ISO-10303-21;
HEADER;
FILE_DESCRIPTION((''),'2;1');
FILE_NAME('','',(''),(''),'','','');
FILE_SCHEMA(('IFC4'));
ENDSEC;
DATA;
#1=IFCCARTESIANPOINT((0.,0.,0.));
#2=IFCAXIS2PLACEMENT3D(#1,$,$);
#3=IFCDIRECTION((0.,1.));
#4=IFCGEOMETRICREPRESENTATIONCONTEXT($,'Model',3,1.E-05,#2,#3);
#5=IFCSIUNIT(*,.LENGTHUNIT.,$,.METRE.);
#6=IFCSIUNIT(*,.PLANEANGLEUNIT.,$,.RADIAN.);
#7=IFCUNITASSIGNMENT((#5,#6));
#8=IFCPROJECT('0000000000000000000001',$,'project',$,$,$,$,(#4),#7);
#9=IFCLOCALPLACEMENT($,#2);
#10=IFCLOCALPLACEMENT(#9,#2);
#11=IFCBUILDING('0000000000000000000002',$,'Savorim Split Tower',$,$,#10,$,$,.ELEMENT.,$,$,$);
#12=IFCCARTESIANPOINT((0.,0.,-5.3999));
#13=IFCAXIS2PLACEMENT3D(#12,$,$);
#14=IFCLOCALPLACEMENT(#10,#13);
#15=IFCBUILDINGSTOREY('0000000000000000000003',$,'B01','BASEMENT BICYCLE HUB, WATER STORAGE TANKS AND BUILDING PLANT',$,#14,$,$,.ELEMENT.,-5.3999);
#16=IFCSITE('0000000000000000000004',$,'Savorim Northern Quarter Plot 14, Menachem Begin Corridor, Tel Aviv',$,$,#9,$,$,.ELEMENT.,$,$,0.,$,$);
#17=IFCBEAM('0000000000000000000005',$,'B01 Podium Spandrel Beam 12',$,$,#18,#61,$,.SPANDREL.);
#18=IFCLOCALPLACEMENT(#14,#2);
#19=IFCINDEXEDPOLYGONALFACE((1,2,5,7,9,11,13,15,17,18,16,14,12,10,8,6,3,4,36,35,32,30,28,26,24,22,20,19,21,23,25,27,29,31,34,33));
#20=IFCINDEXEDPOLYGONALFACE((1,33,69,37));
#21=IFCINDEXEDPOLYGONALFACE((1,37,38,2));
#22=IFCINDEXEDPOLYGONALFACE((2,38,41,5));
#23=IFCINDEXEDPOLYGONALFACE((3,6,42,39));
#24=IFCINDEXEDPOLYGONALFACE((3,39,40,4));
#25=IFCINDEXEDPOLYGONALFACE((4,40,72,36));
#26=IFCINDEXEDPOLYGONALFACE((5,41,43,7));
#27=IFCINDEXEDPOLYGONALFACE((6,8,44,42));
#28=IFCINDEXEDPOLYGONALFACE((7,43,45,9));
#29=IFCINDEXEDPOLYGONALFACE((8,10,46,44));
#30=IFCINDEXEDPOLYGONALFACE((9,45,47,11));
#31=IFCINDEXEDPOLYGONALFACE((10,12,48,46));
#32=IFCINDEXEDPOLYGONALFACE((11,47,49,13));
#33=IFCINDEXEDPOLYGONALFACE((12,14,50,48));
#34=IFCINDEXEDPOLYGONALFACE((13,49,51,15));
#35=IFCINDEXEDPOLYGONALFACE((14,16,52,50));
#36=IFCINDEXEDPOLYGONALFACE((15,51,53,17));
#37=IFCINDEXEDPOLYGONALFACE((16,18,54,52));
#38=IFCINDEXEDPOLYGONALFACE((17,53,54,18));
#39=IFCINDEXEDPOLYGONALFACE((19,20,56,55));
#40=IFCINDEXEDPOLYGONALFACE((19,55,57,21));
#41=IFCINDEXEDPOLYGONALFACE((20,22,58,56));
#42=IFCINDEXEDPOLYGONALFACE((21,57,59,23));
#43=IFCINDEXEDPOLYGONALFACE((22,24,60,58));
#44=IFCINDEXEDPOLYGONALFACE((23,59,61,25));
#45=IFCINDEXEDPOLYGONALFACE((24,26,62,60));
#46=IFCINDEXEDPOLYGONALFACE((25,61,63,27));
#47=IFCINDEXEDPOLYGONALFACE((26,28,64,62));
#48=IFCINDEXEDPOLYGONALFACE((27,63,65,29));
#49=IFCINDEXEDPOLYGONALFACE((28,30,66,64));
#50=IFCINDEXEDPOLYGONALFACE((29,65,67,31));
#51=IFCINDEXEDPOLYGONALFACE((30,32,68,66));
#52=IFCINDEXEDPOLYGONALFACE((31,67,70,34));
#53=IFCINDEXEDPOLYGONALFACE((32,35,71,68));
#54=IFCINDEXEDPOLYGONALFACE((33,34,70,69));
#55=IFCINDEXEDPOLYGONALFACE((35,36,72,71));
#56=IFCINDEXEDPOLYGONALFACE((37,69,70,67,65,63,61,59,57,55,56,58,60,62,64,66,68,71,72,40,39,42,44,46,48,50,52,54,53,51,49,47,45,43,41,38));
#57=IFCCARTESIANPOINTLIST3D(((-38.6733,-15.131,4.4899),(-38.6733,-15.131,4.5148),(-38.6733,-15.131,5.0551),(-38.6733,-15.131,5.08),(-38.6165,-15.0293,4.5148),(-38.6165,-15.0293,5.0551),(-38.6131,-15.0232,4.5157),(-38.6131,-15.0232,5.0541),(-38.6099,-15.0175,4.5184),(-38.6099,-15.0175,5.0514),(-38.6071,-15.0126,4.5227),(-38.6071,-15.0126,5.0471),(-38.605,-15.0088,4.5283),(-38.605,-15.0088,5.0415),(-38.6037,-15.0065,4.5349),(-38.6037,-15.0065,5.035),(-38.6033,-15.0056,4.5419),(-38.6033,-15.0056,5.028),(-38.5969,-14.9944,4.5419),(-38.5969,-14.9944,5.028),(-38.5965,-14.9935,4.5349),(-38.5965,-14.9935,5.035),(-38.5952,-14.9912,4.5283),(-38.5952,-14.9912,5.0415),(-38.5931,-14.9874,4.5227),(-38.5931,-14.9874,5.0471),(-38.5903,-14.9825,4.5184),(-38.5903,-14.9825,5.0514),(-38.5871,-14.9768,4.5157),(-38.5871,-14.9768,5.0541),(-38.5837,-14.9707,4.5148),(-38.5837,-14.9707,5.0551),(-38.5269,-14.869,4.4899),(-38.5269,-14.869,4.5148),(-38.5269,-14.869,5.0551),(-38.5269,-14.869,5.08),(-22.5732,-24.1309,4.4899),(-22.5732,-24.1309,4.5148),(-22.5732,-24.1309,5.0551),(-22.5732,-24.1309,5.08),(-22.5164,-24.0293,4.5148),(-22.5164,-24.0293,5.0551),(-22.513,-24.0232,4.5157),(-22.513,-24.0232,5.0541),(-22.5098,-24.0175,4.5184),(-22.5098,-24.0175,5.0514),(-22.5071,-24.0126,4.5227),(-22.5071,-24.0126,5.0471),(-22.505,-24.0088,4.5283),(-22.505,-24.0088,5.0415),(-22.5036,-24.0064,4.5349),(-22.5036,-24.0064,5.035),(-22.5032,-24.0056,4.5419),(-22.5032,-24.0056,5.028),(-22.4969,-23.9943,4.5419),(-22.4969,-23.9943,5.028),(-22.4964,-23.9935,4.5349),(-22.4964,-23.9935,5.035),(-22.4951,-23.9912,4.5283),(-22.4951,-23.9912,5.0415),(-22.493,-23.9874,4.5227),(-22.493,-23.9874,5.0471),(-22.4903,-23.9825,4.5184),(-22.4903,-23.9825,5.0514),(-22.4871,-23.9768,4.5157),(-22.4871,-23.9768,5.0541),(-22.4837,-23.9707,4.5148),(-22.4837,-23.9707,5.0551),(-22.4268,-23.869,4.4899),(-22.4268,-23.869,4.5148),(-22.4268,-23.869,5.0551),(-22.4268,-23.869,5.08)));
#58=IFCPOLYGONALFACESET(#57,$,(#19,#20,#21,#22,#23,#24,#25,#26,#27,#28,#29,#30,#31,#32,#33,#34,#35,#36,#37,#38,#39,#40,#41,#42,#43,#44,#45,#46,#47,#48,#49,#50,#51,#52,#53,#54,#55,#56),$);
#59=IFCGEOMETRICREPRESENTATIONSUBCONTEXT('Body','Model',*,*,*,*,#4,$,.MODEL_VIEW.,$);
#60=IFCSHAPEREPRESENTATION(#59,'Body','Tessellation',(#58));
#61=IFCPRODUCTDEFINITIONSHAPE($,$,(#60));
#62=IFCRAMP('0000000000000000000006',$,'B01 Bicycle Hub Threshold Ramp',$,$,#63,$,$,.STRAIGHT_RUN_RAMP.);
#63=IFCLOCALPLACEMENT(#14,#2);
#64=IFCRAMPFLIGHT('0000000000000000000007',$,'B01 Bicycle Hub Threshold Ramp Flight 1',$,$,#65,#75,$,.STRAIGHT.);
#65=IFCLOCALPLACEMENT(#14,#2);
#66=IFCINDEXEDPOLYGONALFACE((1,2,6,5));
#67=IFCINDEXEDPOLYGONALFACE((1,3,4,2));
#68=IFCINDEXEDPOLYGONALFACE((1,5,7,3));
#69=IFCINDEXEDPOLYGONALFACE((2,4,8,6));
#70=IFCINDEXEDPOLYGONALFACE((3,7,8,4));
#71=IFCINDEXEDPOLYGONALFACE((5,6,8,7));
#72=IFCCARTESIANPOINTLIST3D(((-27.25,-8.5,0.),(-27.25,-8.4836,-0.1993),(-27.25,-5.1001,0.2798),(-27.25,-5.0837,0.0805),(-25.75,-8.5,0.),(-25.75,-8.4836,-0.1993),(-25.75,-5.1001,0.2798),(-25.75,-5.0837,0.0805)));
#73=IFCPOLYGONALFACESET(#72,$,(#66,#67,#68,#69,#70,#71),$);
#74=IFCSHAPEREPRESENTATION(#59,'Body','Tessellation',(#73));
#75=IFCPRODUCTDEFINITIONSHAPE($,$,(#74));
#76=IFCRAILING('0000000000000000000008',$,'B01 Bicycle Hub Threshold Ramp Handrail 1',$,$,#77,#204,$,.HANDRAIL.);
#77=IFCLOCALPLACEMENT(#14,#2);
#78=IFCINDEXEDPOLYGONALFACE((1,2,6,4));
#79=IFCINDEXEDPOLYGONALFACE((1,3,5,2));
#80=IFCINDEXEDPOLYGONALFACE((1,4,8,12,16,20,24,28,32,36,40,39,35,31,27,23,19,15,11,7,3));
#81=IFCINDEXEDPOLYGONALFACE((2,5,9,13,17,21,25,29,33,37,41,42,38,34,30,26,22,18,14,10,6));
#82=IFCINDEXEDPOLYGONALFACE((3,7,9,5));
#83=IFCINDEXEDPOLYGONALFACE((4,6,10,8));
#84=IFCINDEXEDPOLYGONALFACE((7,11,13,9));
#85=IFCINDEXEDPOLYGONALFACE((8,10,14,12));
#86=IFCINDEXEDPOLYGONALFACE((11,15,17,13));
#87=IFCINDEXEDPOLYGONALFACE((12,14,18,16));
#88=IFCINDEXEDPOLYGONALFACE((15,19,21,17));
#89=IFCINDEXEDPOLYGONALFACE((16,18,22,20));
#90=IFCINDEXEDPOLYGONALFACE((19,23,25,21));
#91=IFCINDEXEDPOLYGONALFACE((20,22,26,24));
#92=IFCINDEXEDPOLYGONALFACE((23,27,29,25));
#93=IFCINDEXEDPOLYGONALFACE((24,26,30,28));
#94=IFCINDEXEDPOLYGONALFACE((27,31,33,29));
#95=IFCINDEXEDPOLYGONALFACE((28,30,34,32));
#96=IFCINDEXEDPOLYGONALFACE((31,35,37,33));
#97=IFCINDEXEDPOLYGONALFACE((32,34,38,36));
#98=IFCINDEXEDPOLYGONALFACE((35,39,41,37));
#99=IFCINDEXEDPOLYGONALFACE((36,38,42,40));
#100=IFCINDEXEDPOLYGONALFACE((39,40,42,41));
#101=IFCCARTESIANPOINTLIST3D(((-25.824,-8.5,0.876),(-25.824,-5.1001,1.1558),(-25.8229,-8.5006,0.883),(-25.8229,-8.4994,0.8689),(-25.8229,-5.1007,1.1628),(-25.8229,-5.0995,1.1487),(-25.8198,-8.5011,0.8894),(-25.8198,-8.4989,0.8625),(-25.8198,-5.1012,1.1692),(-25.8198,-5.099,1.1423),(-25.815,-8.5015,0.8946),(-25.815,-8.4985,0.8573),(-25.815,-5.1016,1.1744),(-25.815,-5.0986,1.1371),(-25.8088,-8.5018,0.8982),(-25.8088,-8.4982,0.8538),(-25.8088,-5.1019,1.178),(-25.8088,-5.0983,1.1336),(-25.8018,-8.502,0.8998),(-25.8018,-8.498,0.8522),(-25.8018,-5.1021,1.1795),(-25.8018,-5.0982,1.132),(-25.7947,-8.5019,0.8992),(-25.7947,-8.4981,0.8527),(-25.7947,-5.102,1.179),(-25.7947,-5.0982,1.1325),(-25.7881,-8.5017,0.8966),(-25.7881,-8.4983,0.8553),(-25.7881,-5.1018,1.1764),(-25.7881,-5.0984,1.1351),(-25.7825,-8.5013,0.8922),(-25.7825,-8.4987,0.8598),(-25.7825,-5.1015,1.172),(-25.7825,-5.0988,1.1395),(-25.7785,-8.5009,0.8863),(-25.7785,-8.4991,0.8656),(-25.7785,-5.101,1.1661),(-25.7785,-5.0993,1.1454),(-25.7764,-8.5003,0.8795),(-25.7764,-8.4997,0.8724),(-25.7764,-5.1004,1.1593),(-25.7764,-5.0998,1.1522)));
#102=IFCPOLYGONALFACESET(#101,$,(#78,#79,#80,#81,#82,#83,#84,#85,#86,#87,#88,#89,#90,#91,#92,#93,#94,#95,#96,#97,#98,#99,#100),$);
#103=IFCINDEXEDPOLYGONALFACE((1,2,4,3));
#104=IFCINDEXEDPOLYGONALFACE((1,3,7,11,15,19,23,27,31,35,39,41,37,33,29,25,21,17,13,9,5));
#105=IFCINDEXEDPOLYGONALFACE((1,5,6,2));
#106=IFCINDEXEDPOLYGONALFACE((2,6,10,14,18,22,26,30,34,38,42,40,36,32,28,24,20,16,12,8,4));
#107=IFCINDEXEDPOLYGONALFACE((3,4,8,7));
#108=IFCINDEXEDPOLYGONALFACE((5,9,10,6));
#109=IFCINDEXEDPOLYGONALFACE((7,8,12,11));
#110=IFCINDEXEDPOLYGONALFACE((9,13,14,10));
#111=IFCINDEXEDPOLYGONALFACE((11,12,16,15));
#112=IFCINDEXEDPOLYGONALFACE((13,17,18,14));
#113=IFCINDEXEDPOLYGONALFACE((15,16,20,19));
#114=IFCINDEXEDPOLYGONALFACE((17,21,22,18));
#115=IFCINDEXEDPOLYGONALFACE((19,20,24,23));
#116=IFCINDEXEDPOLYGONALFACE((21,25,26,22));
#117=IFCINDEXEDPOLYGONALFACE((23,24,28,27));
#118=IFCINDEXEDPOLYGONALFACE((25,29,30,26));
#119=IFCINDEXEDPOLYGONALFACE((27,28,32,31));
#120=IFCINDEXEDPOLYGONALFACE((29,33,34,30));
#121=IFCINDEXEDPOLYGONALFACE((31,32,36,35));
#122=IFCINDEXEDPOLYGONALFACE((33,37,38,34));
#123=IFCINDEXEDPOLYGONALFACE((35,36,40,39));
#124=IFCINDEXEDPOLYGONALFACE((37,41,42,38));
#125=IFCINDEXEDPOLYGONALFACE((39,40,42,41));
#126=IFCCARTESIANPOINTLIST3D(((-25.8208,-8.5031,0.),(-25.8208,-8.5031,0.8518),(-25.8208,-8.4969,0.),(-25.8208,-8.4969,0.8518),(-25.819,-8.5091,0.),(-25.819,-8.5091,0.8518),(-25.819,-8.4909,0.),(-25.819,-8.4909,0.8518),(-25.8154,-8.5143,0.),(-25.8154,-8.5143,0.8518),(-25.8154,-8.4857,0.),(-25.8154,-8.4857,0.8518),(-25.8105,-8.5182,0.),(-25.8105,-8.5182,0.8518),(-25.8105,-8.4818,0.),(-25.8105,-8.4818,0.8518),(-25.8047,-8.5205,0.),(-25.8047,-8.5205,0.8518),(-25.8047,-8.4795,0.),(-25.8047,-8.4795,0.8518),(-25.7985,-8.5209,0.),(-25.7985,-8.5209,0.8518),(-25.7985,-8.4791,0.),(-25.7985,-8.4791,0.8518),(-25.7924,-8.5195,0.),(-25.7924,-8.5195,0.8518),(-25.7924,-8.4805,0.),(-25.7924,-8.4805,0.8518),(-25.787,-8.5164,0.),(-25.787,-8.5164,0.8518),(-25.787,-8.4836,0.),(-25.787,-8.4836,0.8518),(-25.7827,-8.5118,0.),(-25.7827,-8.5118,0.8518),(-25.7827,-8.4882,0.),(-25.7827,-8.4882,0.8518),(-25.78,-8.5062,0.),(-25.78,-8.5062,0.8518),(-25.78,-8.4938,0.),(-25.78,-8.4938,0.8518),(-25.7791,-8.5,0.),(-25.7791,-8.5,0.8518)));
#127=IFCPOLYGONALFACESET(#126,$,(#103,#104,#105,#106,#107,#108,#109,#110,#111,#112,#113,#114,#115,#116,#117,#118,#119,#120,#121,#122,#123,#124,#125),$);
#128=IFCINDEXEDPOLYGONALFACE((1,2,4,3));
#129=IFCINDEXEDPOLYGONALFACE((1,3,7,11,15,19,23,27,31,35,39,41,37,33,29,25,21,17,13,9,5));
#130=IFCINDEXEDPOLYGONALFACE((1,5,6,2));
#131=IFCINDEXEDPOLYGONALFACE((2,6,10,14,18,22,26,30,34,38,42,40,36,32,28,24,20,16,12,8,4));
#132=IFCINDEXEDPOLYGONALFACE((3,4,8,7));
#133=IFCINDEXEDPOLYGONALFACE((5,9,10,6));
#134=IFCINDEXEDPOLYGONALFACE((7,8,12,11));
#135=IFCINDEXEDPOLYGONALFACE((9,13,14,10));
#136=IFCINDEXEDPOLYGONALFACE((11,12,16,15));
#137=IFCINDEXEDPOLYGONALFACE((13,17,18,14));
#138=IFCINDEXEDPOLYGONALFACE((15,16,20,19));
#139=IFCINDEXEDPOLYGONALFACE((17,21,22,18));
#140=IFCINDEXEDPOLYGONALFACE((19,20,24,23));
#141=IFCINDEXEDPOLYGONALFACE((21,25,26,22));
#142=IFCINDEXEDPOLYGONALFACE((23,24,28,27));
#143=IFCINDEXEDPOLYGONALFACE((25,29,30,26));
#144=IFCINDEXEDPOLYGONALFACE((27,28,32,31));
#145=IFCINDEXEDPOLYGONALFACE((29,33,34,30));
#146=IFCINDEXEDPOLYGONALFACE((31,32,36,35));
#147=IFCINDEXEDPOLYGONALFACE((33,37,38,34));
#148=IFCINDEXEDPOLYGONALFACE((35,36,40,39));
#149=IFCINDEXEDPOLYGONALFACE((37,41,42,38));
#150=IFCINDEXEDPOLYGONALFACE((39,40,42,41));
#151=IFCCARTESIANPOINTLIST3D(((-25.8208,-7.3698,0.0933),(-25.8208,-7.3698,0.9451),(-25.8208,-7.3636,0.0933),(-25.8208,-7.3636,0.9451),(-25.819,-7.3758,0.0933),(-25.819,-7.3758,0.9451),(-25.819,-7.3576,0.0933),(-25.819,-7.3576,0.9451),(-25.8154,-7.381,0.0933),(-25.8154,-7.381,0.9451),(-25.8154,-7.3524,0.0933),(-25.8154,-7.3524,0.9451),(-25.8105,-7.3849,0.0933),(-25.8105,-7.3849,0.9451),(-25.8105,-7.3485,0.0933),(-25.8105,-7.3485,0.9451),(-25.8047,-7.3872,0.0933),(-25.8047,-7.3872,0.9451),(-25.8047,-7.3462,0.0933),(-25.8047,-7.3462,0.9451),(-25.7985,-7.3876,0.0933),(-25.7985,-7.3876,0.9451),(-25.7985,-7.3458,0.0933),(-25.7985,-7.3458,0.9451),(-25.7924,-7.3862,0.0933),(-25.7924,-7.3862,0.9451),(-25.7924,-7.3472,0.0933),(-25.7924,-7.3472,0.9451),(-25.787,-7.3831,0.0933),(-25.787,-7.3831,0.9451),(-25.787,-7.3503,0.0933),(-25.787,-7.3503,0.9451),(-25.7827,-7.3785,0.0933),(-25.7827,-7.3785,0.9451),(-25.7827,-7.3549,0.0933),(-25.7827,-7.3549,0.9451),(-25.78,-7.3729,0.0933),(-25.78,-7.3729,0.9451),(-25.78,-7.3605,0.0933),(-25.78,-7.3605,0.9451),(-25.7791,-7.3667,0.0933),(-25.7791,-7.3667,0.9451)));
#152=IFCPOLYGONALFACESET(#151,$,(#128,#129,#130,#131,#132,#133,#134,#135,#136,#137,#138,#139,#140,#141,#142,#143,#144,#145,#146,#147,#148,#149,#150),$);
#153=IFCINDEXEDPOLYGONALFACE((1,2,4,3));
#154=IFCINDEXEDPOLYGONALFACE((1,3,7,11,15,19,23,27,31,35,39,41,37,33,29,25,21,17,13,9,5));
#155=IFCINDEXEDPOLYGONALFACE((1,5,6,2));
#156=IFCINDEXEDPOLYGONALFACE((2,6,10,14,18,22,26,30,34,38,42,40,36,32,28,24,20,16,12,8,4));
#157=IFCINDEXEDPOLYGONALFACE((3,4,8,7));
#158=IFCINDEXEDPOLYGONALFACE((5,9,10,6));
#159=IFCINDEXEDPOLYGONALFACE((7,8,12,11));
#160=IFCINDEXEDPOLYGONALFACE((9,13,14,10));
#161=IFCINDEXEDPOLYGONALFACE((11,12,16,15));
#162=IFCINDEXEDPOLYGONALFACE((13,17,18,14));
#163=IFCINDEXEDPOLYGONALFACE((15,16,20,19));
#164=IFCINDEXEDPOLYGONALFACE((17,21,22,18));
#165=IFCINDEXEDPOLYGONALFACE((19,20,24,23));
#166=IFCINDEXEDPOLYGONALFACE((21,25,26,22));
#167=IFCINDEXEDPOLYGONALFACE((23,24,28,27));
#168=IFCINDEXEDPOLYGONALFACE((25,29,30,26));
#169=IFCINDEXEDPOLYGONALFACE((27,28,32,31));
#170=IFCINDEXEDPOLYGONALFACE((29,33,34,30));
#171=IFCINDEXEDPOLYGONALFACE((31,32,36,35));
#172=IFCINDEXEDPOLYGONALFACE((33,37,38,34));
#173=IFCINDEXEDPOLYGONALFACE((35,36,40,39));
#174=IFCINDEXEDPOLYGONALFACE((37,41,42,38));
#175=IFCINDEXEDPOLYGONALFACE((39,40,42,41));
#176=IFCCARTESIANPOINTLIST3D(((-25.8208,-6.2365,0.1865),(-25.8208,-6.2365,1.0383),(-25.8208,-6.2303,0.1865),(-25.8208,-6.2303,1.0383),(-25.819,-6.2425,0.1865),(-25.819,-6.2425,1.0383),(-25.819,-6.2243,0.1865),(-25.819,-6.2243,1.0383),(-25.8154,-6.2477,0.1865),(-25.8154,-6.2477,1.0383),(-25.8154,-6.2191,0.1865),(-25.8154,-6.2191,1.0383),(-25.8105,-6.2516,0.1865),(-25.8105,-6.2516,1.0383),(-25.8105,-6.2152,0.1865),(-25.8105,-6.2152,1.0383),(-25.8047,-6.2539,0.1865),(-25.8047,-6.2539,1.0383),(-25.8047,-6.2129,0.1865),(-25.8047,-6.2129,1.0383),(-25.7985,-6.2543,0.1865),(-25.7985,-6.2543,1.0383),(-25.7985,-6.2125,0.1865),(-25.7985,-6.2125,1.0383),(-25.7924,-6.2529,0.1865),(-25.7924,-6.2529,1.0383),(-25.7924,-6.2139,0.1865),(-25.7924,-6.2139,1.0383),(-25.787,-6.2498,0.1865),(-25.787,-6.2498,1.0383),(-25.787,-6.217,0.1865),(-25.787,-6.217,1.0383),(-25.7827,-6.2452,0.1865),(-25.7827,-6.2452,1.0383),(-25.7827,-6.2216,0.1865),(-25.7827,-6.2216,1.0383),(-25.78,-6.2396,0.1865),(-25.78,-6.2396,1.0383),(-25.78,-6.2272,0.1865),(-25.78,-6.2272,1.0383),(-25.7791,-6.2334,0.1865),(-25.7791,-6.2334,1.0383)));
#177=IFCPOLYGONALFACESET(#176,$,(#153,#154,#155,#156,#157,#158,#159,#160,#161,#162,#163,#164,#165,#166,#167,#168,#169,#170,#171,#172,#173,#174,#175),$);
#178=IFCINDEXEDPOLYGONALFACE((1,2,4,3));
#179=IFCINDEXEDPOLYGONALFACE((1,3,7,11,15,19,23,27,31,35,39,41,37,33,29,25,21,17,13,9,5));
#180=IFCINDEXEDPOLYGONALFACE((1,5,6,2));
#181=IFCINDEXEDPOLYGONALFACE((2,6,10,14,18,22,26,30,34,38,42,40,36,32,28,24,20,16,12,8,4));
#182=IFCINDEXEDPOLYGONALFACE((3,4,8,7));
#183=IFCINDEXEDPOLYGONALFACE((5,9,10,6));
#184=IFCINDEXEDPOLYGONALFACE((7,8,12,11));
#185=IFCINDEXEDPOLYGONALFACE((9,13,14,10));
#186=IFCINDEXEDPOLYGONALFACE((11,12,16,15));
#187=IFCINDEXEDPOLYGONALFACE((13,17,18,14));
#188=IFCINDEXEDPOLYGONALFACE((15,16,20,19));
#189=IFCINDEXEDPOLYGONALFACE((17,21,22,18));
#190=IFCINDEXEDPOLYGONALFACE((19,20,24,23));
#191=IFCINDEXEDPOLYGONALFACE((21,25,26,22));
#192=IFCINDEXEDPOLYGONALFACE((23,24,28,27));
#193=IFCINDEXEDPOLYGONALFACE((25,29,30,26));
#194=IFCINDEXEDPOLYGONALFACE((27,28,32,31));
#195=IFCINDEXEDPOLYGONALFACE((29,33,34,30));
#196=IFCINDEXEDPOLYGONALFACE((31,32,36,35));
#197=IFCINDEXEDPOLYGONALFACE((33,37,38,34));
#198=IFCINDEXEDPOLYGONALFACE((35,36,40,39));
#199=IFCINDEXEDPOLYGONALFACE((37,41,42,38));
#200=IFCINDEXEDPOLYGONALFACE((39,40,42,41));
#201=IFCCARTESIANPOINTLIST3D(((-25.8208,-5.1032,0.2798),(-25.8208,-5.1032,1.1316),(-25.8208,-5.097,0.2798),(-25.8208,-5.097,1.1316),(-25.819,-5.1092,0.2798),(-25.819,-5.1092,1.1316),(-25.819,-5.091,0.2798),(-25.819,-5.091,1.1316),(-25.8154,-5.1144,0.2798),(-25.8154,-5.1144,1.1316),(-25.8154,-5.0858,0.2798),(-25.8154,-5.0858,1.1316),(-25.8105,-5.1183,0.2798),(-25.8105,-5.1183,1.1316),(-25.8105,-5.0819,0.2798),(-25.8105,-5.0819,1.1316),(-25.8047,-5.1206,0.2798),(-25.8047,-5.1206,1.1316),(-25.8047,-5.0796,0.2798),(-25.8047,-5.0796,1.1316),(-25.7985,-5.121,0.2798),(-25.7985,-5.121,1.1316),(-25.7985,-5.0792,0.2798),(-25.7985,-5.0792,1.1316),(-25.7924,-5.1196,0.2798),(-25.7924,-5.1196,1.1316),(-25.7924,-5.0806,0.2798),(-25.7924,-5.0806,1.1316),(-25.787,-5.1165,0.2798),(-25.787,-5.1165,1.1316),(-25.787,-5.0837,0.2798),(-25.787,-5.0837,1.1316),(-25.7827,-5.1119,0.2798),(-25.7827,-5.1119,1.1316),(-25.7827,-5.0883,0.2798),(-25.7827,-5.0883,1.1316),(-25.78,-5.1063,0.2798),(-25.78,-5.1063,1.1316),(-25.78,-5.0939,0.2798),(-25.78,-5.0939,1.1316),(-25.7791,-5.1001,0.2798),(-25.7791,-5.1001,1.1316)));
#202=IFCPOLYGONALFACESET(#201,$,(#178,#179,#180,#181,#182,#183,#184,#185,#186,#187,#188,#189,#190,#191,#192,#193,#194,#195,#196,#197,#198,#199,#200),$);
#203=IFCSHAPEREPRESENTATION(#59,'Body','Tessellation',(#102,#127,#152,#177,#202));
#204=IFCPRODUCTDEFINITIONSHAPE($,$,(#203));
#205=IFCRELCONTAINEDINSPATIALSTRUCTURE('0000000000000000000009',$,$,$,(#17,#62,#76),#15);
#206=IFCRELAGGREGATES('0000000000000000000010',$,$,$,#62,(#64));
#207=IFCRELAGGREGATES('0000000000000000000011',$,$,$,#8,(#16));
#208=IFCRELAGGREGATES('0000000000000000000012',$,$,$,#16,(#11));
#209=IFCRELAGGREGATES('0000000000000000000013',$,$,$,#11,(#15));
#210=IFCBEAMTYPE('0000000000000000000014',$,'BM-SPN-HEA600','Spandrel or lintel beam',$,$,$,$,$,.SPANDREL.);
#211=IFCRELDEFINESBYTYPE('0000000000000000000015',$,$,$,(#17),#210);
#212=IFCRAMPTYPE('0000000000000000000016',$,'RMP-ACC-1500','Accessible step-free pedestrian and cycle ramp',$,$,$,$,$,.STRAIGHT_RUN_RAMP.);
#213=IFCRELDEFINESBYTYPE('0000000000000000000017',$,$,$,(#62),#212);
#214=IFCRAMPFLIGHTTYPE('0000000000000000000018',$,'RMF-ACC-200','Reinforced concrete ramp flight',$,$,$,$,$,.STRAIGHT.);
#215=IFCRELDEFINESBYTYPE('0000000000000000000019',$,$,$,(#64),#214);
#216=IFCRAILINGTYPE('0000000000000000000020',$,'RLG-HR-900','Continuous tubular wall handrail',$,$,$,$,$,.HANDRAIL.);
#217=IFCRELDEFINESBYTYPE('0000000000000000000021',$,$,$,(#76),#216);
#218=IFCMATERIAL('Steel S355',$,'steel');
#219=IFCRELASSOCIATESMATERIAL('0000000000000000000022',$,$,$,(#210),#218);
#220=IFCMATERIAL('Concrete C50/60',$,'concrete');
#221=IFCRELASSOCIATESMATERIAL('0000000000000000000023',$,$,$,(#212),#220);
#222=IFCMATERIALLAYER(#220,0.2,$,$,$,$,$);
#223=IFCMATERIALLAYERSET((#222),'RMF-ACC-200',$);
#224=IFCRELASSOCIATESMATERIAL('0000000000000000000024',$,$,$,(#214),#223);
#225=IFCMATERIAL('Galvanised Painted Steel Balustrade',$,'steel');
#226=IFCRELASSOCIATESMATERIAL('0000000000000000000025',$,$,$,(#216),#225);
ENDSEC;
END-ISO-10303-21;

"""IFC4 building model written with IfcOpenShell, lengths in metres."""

from ifc_helpers import new_model, si_unit, direction, frame, origin, origin_2d, place, context, subcontext, project, spatial, polyline, circle, i_section, outline, extrude, material, layer, layer_set, material_profile, profile_set, type_object, element, aggregate, save


model = new_model("IFC4")

# Units and contexts
model_context = context("Model", 3, precision=1e-05, world=origin(), true_north=direction((0.0, 1.0)))
body_context = subcontext(model_context, "Body", "Model", "MODEL_VIEW")
ifc_project = project(units=[si_unit("LENGTHUNIT", "METRE"), si_unit("PLANEANGLEUNIT", "RADIAN")], contexts=[model_context])

# Site, building, storey
site_placement = place(None, origin())
site = spatial("IfcSite", under=ifc_project, at=site_placement, Name="Savorim Northern Quarter Plot 14, Menachem Begin Corridor, Tel Aviv", CompositionType="ELEMENT", RefElevation=0.0)
building_placement = place(site_placement, origin())
building = spatial("IfcBuilding", under=site, at=building_placement, Name="Savorim Split Tower", CompositionType="ELEMENT")
storey_placement = place(building_placement, frame((0.0, 0.0, -5.3999)))
storey = spatial("IfcBuildingStorey", under=building, at=storey_placement, Name="B01", Description="BASEMENT BICYCLE HUB, WATER STORAGE TANKS AND BUILDING PLANT", CompositionType="ELEMENT", Elevation=-5.3999)

# Shared definitions
ifc_material_1 = material(Name="Concrete C50/60", Category="concrete")

# Beam
ifc_material_2 = material(Name="Steel S355", Category="steel")
ifc_material_profile_1 = material_profile(ifc_material_2, i_section(OverallWidth=0.3, OverallDepth=0.5901, WebThickness=0.0129, FlangeThickness=0.0249, FilletRadius=0.0271, at=origin_2d()), Name="HEA 600")
ifc_profile_set_1 = profile_set([ifc_material_profile_1], Name="Steel S355")
beam_type_1 = type_object("IfcBeamType", Name="BM-SPN-HEA600", Description="Spandrel or lintel beam", PredefinedType="SPANDREL", material=ifc_profile_set_1)
beam_1_placement = place(storey_placement, frame((-38.6001, -15.0, 4.7849), z_axis=(0.872877, -0.487941, 0.0), x_axis=(0.487941, 0.872877, 0.0)))
element("IfcBeam", 1, at=beam_1_placement, inside=storey, type_object=beam_type_1, Name="B01 Podium Spandrel Beam 12", PredefinedType="SPANDREL", context=body_context, shape_type="SweptSolid", body=[
    extrude(i_section(OverallWidth=0.3, OverallDepth=0.5901, WebThickness=0.0129, FlangeThickness=0.0249, FilletRadius=0.0271, at=origin_2d()), origin(), (0.0, 0.0, 1.0), 18.4448),
])

# Ramp, ramp flight
ramp_type = type_object("IfcRampType", Name="RMP-ACC-1500", Description="Accessible step-free pedestrian and cycle ramp", PredefinedType="STRAIGHT_RUN_RAMP", material=ifc_material_1)
ramp_placement = place(storey_placement, origin())
ramp = element("IfcRamp", 2, at=ramp_placement, inside=storey, type_object=ramp_type, Name="B01 Bicycle Hub Threshold Ramp", PredefinedType="STRAIGHT_RUN_RAMP")
ifc_layer = layer(ifc_material_1, 0.2)
ifc_layer_set = layer_set([ifc_layer], Name="RMF-ACC-200")
ramp_flight_type = type_object("IfcRampFlightType", Name="RMF-ACC-200", Description="Reinforced concrete ramp flight", PredefinedType="STRAIGHT", material=ifc_layer_set)
ramp_flight_placement = place(storey_placement, frame((-25.75, -8.5, 0.0), z_axis=(0.0, -0.082015, 0.996631), x_axis=(0.0, 0.996631, 0.082015)))
ramp_flight = element("IfcRampFlight", 3, at=ramp_flight_placement, type_object=ramp_flight_type, Name="B01 Bicycle Hub Threshold Ramp Flight 1", PredefinedType="STRAIGHT", context=body_context, shape_type="SweptSolid", body=[
    extrude(outline(polyline([(0.0, 0.0), (3.4114, 0.0), (3.4114, 1.5), (0.0, 1.5), (0.0, 0.0)])), origin(), (0.0, 0.0, -1.0), 0.2),
])
aggregate(ramp, [ramp_flight])

# Railing
ifc_material_3 = material(Name="Galvanised Painted Steel Balustrade", Category="steel")
railing_type = type_object("IfcRailingType", Name="RLG-HR-900", Description="Continuous tubular wall handrail", PredefinedType="HANDRAIL", material=ifc_material_3)
for number, where, name in (
    (4, (-25.8, -8.5, 0.0), "B01 Bicycle Hub Threshold Ramp Handrail 1"),
):
    element("IfcRailing", number, at=place(storey_placement, frame(where)), inside=storey, type_object=railing_type, Name=name, PredefinedType="HANDRAIL", context=body_context, shape_type="SweptSolid", body=[
        extrude(circle(Radius=0.0239, at=origin_2d()), frame((0.0, 0.0, 0.876), z_axis=(0.0, 0.996631, 0.082015), x_axis=(-1.0, 0.0, 0.0)), (0.0, 0.0, 1.0), 3.4114),
        extrude(circle(Radius=0.021, at=origin_2d()), origin(), (0.0, 0.0, 1.0), 0.8518),
        extrude(circle(Radius=0.021, at=origin_2d()), frame((0.0, 1.1333, 0.0933)), (0.0, 0.0, 1.0), 0.8518),
        extrude(circle(Radius=0.021, at=origin_2d()), frame((0.0, 2.2666, 0.1865)), (0.0, 0.0, 1.0), 0.8518),
        extrude(circle(Radius=0.021, at=origin_2d()), frame((0.0, 3.3999, 0.2798)), (0.0, 0.0, 1.0), 0.8518),
    ])

save(model, "model.ifc")
